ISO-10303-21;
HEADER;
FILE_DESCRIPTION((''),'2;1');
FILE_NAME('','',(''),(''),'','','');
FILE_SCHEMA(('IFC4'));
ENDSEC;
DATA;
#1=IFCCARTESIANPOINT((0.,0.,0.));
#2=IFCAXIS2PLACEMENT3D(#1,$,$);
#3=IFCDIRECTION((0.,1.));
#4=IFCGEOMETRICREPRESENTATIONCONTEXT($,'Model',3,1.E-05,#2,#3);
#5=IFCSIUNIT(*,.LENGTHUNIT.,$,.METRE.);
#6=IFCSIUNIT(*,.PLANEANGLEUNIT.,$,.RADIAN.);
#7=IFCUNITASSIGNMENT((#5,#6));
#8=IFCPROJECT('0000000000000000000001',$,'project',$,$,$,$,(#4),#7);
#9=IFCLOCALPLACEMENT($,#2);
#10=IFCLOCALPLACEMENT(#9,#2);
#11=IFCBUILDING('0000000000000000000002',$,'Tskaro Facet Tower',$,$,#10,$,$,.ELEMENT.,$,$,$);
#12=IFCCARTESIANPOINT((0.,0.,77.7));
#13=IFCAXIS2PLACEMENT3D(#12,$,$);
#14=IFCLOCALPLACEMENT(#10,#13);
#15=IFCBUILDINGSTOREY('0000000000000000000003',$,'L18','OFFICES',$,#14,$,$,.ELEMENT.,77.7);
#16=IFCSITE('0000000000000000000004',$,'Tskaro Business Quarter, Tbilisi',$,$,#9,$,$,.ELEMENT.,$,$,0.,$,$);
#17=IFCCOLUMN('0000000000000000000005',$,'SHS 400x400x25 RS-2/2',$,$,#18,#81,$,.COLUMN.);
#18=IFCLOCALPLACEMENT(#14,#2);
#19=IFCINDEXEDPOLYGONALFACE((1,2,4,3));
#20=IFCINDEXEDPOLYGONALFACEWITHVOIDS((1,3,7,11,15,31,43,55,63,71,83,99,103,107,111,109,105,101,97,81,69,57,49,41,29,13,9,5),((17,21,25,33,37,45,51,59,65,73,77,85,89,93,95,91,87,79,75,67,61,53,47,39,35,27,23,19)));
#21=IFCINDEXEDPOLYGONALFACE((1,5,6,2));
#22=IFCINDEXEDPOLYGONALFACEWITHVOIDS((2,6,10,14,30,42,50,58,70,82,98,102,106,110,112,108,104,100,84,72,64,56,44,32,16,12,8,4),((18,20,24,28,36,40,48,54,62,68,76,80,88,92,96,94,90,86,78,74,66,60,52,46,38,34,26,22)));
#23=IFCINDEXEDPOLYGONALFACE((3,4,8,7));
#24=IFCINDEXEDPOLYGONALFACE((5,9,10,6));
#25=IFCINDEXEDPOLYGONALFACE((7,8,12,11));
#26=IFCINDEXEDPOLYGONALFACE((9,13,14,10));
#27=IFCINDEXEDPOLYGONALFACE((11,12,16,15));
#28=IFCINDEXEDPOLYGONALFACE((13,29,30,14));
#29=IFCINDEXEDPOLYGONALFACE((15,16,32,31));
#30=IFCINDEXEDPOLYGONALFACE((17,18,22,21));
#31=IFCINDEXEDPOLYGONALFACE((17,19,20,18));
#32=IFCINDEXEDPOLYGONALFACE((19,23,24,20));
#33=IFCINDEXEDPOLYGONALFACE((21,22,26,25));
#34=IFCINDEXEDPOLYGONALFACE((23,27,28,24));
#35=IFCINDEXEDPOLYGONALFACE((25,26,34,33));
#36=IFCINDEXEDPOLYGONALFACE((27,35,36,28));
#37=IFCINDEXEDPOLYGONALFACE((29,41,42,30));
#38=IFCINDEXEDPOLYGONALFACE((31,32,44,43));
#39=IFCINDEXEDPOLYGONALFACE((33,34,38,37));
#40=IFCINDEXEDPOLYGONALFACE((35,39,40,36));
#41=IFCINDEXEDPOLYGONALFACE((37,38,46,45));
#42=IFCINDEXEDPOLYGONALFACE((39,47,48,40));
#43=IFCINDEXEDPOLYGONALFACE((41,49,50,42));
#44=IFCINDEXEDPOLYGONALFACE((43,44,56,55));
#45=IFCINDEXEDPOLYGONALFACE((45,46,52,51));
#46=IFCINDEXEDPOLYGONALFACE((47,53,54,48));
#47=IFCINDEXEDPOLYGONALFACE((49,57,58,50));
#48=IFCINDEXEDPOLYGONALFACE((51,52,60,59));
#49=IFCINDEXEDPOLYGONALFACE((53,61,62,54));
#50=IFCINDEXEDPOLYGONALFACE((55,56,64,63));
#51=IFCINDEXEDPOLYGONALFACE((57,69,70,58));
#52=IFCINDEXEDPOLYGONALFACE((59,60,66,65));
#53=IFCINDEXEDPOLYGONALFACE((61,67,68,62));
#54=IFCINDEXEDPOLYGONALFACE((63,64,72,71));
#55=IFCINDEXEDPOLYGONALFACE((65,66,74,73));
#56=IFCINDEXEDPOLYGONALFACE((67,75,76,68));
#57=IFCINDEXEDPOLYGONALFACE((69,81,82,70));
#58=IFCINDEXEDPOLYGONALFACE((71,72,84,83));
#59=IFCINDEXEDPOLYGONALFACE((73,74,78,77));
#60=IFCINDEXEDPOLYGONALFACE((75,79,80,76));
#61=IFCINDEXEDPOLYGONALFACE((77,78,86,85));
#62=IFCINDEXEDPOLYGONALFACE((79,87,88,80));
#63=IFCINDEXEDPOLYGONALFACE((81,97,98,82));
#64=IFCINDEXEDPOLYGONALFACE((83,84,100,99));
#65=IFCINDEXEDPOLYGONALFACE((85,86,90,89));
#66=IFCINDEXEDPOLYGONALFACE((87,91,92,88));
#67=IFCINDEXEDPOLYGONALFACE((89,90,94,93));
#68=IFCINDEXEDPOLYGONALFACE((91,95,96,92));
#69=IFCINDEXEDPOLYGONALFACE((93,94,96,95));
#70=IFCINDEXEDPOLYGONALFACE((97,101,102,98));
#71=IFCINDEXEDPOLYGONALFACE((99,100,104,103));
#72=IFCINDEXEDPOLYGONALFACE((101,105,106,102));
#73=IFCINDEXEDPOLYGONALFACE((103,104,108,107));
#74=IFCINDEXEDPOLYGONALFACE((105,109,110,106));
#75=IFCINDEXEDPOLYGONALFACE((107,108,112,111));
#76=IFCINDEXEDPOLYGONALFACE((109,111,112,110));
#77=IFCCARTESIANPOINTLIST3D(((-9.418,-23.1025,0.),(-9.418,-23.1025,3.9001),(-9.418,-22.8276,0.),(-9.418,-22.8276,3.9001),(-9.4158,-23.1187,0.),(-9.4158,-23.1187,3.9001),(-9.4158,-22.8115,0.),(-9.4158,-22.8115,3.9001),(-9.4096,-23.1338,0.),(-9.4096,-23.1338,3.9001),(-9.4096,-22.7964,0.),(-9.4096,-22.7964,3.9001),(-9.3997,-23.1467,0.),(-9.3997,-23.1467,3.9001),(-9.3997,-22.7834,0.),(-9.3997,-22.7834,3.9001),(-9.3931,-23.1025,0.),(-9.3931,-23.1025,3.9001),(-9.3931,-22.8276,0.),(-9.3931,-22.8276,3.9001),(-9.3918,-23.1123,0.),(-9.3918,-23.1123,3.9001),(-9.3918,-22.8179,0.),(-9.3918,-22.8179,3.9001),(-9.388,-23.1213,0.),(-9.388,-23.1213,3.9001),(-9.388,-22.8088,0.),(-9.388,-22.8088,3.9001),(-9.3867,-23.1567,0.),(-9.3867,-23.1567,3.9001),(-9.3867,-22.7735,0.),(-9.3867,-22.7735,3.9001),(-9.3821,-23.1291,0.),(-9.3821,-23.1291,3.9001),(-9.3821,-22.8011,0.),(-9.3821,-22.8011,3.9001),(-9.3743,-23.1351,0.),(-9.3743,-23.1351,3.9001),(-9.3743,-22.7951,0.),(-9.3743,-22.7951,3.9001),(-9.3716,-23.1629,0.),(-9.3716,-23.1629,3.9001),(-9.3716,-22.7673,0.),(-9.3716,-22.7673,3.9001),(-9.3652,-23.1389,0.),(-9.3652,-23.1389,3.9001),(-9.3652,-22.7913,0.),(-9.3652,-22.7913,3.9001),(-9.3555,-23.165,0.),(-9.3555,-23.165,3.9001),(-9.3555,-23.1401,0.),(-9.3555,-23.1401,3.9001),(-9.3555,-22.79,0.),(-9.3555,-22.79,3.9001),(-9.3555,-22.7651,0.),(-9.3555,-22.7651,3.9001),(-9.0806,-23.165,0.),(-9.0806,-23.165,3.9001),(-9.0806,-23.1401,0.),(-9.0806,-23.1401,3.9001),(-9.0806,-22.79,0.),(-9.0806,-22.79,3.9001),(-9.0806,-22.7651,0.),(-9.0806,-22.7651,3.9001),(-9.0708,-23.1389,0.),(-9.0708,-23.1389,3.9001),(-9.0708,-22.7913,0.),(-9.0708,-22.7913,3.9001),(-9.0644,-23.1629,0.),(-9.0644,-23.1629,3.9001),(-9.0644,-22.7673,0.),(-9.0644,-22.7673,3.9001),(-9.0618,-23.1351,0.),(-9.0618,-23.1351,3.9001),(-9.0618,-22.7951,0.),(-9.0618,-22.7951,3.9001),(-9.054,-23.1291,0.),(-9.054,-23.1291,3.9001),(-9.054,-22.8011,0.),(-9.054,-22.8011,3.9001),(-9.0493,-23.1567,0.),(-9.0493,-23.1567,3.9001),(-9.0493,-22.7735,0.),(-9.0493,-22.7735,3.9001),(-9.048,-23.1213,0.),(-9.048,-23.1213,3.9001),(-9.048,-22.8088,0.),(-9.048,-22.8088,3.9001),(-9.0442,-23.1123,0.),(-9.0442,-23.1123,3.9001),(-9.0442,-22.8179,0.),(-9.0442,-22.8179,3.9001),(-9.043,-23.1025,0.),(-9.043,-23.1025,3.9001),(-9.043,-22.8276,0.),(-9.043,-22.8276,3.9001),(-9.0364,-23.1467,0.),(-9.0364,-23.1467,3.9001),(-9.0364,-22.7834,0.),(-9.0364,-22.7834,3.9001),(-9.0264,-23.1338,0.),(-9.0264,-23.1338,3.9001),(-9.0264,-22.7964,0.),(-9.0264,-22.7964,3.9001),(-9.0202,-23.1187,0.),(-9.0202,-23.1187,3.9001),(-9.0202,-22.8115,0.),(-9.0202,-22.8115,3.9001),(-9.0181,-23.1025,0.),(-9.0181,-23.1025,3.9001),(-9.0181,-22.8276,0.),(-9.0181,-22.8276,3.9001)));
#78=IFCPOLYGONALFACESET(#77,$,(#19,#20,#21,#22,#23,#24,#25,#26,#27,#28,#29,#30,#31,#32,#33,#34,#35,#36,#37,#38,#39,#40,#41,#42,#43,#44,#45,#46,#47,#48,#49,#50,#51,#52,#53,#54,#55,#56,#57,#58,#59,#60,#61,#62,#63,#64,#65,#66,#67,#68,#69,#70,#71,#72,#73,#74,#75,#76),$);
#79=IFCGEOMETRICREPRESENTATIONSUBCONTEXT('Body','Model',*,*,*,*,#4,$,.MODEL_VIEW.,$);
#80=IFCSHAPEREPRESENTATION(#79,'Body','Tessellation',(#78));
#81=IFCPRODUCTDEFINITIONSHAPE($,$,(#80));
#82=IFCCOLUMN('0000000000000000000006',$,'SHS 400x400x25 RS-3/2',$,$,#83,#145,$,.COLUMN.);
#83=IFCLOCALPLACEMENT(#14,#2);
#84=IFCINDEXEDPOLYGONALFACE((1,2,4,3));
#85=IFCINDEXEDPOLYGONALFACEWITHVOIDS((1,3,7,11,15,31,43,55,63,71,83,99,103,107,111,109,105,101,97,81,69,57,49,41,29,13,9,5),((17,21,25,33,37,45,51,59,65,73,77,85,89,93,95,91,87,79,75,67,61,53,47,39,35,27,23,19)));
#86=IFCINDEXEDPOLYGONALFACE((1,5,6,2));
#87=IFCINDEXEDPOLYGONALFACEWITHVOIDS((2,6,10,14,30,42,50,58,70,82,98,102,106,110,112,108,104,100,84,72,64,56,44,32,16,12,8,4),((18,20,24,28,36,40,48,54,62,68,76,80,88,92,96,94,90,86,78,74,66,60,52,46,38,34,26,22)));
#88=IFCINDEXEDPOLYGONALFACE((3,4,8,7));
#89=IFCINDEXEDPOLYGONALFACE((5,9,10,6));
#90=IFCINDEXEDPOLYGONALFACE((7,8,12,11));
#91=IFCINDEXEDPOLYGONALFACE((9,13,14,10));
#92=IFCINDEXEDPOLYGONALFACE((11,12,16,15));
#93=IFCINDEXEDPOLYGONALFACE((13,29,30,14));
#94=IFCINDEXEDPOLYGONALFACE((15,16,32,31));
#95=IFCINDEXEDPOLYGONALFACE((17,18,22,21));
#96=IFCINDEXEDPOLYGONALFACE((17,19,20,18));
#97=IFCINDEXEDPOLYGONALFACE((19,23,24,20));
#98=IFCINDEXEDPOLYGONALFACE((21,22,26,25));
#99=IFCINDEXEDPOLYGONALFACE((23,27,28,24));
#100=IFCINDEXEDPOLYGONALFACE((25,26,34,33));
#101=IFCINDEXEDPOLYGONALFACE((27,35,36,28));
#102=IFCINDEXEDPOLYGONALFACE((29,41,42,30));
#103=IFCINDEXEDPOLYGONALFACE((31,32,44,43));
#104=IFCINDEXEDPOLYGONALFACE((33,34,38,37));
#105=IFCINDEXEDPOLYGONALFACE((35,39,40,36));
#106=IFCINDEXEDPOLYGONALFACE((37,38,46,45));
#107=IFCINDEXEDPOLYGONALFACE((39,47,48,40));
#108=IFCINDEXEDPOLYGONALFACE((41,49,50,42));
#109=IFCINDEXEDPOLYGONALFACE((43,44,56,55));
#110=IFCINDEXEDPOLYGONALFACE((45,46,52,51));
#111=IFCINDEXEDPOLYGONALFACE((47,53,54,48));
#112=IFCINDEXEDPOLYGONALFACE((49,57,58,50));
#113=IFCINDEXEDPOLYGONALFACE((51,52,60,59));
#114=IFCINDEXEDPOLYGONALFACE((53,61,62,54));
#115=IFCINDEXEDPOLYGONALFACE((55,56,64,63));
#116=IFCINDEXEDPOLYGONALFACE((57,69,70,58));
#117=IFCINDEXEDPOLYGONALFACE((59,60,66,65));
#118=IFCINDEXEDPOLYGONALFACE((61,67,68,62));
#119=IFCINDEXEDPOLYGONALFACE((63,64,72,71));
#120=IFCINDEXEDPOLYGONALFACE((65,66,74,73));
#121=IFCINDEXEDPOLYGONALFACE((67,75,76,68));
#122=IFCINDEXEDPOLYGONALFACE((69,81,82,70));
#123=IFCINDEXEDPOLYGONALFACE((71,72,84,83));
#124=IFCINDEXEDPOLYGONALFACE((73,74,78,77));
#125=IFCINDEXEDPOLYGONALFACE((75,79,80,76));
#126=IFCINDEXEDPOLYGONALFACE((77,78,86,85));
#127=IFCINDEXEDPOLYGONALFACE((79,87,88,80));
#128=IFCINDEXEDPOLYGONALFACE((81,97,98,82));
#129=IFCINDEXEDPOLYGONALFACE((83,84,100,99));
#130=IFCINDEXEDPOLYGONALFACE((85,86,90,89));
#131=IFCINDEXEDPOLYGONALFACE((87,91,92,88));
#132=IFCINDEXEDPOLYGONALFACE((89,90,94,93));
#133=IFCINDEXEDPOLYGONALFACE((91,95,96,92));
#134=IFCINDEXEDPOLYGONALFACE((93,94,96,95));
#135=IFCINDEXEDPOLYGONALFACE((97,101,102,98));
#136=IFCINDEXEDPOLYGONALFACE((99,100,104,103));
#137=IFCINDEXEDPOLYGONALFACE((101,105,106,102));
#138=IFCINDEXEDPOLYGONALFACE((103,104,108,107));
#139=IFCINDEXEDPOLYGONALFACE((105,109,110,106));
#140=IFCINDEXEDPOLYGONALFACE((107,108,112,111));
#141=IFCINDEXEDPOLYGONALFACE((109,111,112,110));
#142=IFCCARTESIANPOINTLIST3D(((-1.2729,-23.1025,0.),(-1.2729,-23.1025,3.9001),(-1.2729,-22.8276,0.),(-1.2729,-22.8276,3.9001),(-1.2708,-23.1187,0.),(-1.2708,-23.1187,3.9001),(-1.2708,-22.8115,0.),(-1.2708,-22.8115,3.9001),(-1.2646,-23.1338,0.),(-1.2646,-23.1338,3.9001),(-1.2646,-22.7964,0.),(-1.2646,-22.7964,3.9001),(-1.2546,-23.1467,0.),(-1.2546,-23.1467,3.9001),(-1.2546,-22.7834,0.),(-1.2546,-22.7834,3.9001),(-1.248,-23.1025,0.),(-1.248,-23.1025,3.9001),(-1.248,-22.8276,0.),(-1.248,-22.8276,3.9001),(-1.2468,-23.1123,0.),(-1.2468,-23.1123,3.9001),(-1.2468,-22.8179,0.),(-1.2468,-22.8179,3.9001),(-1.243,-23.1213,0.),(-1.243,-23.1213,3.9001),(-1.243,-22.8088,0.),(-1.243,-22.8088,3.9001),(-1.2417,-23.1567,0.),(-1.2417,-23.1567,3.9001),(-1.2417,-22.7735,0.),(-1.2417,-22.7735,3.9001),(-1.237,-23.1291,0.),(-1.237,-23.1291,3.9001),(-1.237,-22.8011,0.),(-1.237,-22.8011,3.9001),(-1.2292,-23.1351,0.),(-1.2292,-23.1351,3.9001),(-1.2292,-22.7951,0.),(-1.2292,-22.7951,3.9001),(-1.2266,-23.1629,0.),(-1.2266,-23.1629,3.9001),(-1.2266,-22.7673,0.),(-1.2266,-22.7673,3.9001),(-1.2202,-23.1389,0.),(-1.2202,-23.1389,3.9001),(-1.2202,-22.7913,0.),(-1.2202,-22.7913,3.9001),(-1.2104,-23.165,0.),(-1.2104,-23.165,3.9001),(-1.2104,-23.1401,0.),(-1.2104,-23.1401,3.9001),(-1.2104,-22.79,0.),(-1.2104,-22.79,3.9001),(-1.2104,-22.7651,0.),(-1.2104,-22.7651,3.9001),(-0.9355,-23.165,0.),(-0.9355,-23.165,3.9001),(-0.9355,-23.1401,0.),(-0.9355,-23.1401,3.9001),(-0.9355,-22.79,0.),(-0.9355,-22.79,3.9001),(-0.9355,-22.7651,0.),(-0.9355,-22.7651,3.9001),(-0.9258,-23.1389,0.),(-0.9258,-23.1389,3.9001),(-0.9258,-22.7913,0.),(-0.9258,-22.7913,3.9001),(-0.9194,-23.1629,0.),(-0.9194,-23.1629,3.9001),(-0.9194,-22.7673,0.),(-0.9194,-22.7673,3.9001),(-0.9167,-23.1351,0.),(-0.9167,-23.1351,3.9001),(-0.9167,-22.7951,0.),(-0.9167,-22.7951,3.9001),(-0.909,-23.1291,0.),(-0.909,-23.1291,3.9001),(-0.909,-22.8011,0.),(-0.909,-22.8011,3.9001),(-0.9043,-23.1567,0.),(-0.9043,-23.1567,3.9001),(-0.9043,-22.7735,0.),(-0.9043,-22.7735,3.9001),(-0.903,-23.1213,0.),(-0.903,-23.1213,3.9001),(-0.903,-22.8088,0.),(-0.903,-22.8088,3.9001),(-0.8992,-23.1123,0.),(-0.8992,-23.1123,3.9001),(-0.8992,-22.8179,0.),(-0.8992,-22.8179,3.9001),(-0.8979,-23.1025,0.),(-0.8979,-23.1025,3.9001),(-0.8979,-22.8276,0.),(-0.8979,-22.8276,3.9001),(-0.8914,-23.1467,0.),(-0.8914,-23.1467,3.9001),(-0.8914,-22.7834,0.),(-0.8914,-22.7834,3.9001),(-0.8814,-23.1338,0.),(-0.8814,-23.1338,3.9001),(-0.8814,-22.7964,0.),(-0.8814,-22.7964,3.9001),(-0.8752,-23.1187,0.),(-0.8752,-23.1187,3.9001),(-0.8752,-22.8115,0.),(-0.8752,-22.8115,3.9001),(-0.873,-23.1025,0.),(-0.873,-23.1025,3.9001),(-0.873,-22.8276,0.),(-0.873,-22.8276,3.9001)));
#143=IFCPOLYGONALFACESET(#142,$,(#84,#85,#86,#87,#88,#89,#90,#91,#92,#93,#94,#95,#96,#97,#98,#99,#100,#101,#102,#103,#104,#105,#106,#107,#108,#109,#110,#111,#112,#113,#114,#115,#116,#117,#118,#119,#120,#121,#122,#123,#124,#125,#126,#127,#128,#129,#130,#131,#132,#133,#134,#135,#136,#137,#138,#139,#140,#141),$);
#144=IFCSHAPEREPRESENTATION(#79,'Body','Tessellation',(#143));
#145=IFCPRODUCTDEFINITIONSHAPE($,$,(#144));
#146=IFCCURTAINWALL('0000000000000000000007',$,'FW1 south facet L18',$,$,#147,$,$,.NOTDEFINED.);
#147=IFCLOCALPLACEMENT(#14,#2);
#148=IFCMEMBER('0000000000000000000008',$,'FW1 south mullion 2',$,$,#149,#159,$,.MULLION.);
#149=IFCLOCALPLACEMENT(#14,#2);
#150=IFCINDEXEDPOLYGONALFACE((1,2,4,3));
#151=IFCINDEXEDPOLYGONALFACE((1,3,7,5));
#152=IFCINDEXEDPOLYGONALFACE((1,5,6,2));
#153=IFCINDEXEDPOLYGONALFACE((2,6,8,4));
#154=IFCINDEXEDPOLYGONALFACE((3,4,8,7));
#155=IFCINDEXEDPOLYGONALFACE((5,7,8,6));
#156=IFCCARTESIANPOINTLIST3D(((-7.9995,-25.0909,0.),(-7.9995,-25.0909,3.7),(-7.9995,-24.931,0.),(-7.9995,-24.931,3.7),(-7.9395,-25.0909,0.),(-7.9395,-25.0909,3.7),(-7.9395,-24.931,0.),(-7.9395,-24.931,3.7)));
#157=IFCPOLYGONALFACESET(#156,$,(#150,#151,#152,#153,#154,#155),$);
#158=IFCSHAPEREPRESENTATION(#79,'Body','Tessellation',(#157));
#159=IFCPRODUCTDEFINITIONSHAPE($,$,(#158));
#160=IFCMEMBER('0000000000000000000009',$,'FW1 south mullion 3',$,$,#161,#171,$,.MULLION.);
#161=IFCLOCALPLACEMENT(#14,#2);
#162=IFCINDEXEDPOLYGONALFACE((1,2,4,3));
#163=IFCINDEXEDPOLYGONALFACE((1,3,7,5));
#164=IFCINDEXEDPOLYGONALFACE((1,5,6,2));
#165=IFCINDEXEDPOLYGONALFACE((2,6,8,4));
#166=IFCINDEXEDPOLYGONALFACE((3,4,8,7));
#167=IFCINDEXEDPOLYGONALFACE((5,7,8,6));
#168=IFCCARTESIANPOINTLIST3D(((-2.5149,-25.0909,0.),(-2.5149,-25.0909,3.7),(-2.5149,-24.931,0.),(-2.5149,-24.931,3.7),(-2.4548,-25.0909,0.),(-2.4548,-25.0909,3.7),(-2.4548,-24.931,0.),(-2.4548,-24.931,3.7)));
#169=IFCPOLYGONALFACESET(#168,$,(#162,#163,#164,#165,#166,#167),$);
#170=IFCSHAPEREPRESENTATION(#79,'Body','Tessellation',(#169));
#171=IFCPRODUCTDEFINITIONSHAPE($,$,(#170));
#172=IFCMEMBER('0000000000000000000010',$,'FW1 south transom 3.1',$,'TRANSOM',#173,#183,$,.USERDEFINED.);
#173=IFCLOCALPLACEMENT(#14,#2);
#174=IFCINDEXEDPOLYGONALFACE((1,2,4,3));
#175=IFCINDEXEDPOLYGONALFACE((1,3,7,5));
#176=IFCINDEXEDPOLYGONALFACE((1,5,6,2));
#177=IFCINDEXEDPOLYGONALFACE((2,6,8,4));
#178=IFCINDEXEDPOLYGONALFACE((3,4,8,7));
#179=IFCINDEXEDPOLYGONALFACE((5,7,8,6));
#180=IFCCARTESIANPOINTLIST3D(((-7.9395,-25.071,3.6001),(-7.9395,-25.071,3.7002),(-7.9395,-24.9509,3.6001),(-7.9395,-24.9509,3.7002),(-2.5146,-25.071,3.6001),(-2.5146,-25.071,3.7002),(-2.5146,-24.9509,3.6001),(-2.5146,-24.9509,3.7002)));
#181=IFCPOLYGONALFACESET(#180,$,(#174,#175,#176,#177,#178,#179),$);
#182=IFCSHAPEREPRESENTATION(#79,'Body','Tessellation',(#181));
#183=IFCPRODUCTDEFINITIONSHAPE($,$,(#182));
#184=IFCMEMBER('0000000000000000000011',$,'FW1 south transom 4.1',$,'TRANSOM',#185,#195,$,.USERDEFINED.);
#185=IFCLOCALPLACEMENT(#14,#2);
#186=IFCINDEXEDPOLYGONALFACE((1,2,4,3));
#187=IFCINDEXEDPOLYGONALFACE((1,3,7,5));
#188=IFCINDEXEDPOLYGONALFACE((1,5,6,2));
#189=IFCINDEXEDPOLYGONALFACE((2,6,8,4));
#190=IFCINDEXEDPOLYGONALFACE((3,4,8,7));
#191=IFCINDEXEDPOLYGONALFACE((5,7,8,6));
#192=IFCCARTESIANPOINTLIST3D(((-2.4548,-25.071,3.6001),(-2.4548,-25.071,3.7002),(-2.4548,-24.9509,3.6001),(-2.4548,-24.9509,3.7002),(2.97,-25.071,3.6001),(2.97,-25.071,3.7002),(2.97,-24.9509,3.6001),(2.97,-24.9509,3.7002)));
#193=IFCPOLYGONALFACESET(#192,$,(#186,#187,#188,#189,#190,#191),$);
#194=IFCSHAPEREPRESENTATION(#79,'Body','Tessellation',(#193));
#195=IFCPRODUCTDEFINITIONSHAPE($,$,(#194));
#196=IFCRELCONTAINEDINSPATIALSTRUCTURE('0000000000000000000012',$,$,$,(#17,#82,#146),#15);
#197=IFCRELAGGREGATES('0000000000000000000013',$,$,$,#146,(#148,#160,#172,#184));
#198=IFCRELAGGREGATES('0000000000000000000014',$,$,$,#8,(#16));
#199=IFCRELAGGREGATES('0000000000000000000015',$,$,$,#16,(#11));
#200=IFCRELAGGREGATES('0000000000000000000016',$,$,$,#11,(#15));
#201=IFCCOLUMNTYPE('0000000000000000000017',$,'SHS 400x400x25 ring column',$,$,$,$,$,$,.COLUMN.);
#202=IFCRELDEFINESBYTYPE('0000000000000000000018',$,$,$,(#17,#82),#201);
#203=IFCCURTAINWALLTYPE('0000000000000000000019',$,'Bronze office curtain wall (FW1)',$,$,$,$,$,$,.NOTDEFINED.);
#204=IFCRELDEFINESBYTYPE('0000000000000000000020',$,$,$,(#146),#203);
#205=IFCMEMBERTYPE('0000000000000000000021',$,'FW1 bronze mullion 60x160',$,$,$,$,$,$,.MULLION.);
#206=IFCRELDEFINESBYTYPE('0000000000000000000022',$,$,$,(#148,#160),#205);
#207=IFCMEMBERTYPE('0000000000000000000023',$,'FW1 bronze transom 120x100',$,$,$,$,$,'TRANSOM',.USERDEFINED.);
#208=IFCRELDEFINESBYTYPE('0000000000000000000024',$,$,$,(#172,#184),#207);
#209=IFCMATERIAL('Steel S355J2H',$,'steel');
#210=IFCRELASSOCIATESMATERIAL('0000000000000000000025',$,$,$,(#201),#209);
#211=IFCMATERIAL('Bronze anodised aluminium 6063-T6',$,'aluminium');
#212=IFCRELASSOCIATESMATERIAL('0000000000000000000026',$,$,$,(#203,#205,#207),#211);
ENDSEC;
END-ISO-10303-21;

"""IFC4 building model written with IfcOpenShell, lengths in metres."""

from ifc_helpers import new_model, si_unit, direction, frame, origin, origin_2d, place, context, subcontext, project, spatial, rectangle, hollow_rectangle, extrude, material, material_profile, profile_set, type_object, element, aggregate, save


model = new_model("IFC4")

# Units and contexts
model_context = context("Model", 3, precision=1e-05, world=origin(), true_north=direction((0.0, 1.0)))
body_context = subcontext(model_context, "Body", "Model", "MODEL_VIEW")
ifc_project = project(units=[si_unit("LENGTHUNIT", "METRE"), si_unit("PLANEANGLEUNIT", "RADIAN")], contexts=[model_context])

# Site, building, storey
site_placement = place(None, origin())
site = spatial("IfcSite", under=ifc_project, at=site_placement, Name="Tskaro Business Quarter, Tbilisi", CompositionType="ELEMENT", RefElevation=0.0)
building_placement = place(site_placement, origin())
building = spatial("IfcBuilding", under=site, at=building_placement, Name="Tskaro Facet Tower", CompositionType="ELEMENT")
storey_placement = place(building_placement, frame((0.0, 0.0, 77.7)))
storey = spatial("IfcBuildingStorey", under=building, at=storey_placement, Name="L18", Description="OFFICES", CompositionType="ELEMENT", Elevation=77.7)

# Columns
ifc_material_1 = material(Name="Steel S355J2H", Category="steel")
ifc_material_profile_1 = material_profile(ifc_material_1, hollow_rectangle(XDim=0.3999, YDim=0.3999, WallThickness=0.0249, InnerFilletRadius=0.0376, OuterFilletRadius=0.0625, at=origin_2d()), Name="SHS 400x400x25")
ifc_profile_set_1 = profile_set([ifc_material_profile_1], Name="Steel S355J2H")
column_type_1 = type_object("IfcColumnType", Name="SHS 400x400x25 ring column", PredefinedType="COLUMN", material=ifc_profile_set_1)
for number, where, z_axis, x_axis, name in (
    (1, (-9.218, -22.9651, 0.0), (0.0, 0.0, 1.0), (1.0, 0.0, 0.0), "SHS 400x400x25 RS-2/2"),
    (2, (-1.073, -22.9651, 0.0), (0.0, 0.0, 1.0), (1.0, 0.0, 0.0), "SHS 400x400x25 RS-3/2"),
):
    element("IfcColumn", number, at=place(storey_placement, frame(where, z_axis=z_axis, x_axis=x_axis)), inside=storey, type_object=column_type_1, Name=name, PredefinedType="COLUMN", context=body_context, shape_type="SweptSolid", body=[
        extrude(hollow_rectangle(XDim=0.3999, YDim=0.3999, WallThickness=0.0249, InnerFilletRadius=0.0376, OuterFilletRadius=0.0625, at=origin_2d()), origin(), (0.0, 0.0, 1.0), 3.9001),
    ])

# Curtain wall, members
ifc_material_2 = material(Name="Bronze anodised aluminium 6063-T6", Category="aluminium")
curtain_wall_type = type_object("IfcCurtainWallType", Name="Bronze office curtain wall (FW1)", PredefinedType="NOTDEFINED", material=ifc_material_2)
curtain_wall_placement = place(storey_placement, origin())
curtain_wall = element("IfcCurtainWall", 3, at=curtain_wall_placement, inside=storey, type_object=curtain_wall_type, Name="FW1 south facet L18", PredefinedType="NOTDEFINED")
ifc_material_profile_2 = material_profile(ifc_material_2, rectangle(XDim=0.0601, YDim=0.1599, at=origin_2d()), Name="Mullion 60x160")
ifc_profile_set_2 = profile_set([ifc_material_profile_2], Name="Bronze anodised aluminium 6063-T6")
member_type_1 = type_object("IfcMemberType", Name="FW1 bronze mullion 60x160", PredefinedType="MULLION", material=ifc_profile_set_2)
member_1_placement = place(storey_placement, frame((-7.9695, -25.011, 0.0), z_axis=(0.0, 0.0, 1.0), x_axis=(1.0, 0.0, 0.0)))
member_1 = element("IfcMember", 4, at=member_1_placement, type_object=member_type_1, Name="FW1 south mullion 2", PredefinedType="MULLION", context=body_context, shape_type="SweptSolid", body=[
    extrude(rectangle(XDim=0.0601, YDim=0.1599, at=origin_2d()), origin(), (0.0, 0.0, 1.0), 3.7),
])
member_2_placement = place(storey_placement, frame((-2.4849, -25.011, 0.0), z_axis=(0.0, 0.0, 1.0), x_axis=(1.0, 0.0, 0.0)))
member_2 = element("IfcMember", 5, at=member_2_placement, type_object=member_type_1, Name="FW1 south mullion 3", PredefinedType="MULLION", context=body_context, shape_type="SweptSolid", body=[
    extrude(rectangle(XDim=0.0601, YDim=0.1599, at=origin_2d()), origin(), (0.0, 0.0, 1.0), 3.7),
])
ifc_material_profile_3 = material_profile(ifc_material_2, rectangle(XDim=0.1201, YDim=0.1001, at=origin_2d()), Name="Transom 120x100")
ifc_profile_set_3 = profile_set([ifc_material_profile_3], Name="Bronze anodised aluminium 6063-T6")
member_type_2 = type_object("IfcMemberType", Name="FW1 bronze transom 120x100", ElementType="TRANSOM", PredefinedType="USERDEFINED", material=ifc_profile_set_3)
member_3_placement = place(storey_placement, frame((-7.9395, -25.011, 3.6501), z_axis=(1.0, 0.0, 0.0), x_axis=(0.0, 1.0, 0.0)))
member_3 = element("IfcMember", 6, at=member_3_placement, type_object=member_type_2, Name="FW1 south transom 3.1", ObjectType="TRANSOM", PredefinedType="USERDEFINED", context=body_context, shape_type="SweptSolid", body=[
    extrude(rectangle(XDim=0.1201, YDim=0.1001, at=origin_2d()), origin(), (0.0, 0.0, 1.0), 5.4248),
])
member_4_placement = place(storey_placement, frame((-2.4548, -25.011, 3.6501), z_axis=(1.0, 0.0, 0.0), x_axis=(0.0, 1.0, 0.0)))
member_4 = element("IfcMember", 7, at=member_4_placement, type_object=member_type_2, Name="FW1 south transom 4.1", ObjectType="TRANSOM", PredefinedType="USERDEFINED", context=body_context, shape_type="SweptSolid", body=[
    extrude(rectangle(XDim=0.1201, YDim=0.1001, at=origin_2d()), origin(), (0.0, 0.0, 1.0), 5.4248),
])

aggregate(curtain_wall, [member_1, member_2, member_3, member_4])

save(model, "model.ifc")
